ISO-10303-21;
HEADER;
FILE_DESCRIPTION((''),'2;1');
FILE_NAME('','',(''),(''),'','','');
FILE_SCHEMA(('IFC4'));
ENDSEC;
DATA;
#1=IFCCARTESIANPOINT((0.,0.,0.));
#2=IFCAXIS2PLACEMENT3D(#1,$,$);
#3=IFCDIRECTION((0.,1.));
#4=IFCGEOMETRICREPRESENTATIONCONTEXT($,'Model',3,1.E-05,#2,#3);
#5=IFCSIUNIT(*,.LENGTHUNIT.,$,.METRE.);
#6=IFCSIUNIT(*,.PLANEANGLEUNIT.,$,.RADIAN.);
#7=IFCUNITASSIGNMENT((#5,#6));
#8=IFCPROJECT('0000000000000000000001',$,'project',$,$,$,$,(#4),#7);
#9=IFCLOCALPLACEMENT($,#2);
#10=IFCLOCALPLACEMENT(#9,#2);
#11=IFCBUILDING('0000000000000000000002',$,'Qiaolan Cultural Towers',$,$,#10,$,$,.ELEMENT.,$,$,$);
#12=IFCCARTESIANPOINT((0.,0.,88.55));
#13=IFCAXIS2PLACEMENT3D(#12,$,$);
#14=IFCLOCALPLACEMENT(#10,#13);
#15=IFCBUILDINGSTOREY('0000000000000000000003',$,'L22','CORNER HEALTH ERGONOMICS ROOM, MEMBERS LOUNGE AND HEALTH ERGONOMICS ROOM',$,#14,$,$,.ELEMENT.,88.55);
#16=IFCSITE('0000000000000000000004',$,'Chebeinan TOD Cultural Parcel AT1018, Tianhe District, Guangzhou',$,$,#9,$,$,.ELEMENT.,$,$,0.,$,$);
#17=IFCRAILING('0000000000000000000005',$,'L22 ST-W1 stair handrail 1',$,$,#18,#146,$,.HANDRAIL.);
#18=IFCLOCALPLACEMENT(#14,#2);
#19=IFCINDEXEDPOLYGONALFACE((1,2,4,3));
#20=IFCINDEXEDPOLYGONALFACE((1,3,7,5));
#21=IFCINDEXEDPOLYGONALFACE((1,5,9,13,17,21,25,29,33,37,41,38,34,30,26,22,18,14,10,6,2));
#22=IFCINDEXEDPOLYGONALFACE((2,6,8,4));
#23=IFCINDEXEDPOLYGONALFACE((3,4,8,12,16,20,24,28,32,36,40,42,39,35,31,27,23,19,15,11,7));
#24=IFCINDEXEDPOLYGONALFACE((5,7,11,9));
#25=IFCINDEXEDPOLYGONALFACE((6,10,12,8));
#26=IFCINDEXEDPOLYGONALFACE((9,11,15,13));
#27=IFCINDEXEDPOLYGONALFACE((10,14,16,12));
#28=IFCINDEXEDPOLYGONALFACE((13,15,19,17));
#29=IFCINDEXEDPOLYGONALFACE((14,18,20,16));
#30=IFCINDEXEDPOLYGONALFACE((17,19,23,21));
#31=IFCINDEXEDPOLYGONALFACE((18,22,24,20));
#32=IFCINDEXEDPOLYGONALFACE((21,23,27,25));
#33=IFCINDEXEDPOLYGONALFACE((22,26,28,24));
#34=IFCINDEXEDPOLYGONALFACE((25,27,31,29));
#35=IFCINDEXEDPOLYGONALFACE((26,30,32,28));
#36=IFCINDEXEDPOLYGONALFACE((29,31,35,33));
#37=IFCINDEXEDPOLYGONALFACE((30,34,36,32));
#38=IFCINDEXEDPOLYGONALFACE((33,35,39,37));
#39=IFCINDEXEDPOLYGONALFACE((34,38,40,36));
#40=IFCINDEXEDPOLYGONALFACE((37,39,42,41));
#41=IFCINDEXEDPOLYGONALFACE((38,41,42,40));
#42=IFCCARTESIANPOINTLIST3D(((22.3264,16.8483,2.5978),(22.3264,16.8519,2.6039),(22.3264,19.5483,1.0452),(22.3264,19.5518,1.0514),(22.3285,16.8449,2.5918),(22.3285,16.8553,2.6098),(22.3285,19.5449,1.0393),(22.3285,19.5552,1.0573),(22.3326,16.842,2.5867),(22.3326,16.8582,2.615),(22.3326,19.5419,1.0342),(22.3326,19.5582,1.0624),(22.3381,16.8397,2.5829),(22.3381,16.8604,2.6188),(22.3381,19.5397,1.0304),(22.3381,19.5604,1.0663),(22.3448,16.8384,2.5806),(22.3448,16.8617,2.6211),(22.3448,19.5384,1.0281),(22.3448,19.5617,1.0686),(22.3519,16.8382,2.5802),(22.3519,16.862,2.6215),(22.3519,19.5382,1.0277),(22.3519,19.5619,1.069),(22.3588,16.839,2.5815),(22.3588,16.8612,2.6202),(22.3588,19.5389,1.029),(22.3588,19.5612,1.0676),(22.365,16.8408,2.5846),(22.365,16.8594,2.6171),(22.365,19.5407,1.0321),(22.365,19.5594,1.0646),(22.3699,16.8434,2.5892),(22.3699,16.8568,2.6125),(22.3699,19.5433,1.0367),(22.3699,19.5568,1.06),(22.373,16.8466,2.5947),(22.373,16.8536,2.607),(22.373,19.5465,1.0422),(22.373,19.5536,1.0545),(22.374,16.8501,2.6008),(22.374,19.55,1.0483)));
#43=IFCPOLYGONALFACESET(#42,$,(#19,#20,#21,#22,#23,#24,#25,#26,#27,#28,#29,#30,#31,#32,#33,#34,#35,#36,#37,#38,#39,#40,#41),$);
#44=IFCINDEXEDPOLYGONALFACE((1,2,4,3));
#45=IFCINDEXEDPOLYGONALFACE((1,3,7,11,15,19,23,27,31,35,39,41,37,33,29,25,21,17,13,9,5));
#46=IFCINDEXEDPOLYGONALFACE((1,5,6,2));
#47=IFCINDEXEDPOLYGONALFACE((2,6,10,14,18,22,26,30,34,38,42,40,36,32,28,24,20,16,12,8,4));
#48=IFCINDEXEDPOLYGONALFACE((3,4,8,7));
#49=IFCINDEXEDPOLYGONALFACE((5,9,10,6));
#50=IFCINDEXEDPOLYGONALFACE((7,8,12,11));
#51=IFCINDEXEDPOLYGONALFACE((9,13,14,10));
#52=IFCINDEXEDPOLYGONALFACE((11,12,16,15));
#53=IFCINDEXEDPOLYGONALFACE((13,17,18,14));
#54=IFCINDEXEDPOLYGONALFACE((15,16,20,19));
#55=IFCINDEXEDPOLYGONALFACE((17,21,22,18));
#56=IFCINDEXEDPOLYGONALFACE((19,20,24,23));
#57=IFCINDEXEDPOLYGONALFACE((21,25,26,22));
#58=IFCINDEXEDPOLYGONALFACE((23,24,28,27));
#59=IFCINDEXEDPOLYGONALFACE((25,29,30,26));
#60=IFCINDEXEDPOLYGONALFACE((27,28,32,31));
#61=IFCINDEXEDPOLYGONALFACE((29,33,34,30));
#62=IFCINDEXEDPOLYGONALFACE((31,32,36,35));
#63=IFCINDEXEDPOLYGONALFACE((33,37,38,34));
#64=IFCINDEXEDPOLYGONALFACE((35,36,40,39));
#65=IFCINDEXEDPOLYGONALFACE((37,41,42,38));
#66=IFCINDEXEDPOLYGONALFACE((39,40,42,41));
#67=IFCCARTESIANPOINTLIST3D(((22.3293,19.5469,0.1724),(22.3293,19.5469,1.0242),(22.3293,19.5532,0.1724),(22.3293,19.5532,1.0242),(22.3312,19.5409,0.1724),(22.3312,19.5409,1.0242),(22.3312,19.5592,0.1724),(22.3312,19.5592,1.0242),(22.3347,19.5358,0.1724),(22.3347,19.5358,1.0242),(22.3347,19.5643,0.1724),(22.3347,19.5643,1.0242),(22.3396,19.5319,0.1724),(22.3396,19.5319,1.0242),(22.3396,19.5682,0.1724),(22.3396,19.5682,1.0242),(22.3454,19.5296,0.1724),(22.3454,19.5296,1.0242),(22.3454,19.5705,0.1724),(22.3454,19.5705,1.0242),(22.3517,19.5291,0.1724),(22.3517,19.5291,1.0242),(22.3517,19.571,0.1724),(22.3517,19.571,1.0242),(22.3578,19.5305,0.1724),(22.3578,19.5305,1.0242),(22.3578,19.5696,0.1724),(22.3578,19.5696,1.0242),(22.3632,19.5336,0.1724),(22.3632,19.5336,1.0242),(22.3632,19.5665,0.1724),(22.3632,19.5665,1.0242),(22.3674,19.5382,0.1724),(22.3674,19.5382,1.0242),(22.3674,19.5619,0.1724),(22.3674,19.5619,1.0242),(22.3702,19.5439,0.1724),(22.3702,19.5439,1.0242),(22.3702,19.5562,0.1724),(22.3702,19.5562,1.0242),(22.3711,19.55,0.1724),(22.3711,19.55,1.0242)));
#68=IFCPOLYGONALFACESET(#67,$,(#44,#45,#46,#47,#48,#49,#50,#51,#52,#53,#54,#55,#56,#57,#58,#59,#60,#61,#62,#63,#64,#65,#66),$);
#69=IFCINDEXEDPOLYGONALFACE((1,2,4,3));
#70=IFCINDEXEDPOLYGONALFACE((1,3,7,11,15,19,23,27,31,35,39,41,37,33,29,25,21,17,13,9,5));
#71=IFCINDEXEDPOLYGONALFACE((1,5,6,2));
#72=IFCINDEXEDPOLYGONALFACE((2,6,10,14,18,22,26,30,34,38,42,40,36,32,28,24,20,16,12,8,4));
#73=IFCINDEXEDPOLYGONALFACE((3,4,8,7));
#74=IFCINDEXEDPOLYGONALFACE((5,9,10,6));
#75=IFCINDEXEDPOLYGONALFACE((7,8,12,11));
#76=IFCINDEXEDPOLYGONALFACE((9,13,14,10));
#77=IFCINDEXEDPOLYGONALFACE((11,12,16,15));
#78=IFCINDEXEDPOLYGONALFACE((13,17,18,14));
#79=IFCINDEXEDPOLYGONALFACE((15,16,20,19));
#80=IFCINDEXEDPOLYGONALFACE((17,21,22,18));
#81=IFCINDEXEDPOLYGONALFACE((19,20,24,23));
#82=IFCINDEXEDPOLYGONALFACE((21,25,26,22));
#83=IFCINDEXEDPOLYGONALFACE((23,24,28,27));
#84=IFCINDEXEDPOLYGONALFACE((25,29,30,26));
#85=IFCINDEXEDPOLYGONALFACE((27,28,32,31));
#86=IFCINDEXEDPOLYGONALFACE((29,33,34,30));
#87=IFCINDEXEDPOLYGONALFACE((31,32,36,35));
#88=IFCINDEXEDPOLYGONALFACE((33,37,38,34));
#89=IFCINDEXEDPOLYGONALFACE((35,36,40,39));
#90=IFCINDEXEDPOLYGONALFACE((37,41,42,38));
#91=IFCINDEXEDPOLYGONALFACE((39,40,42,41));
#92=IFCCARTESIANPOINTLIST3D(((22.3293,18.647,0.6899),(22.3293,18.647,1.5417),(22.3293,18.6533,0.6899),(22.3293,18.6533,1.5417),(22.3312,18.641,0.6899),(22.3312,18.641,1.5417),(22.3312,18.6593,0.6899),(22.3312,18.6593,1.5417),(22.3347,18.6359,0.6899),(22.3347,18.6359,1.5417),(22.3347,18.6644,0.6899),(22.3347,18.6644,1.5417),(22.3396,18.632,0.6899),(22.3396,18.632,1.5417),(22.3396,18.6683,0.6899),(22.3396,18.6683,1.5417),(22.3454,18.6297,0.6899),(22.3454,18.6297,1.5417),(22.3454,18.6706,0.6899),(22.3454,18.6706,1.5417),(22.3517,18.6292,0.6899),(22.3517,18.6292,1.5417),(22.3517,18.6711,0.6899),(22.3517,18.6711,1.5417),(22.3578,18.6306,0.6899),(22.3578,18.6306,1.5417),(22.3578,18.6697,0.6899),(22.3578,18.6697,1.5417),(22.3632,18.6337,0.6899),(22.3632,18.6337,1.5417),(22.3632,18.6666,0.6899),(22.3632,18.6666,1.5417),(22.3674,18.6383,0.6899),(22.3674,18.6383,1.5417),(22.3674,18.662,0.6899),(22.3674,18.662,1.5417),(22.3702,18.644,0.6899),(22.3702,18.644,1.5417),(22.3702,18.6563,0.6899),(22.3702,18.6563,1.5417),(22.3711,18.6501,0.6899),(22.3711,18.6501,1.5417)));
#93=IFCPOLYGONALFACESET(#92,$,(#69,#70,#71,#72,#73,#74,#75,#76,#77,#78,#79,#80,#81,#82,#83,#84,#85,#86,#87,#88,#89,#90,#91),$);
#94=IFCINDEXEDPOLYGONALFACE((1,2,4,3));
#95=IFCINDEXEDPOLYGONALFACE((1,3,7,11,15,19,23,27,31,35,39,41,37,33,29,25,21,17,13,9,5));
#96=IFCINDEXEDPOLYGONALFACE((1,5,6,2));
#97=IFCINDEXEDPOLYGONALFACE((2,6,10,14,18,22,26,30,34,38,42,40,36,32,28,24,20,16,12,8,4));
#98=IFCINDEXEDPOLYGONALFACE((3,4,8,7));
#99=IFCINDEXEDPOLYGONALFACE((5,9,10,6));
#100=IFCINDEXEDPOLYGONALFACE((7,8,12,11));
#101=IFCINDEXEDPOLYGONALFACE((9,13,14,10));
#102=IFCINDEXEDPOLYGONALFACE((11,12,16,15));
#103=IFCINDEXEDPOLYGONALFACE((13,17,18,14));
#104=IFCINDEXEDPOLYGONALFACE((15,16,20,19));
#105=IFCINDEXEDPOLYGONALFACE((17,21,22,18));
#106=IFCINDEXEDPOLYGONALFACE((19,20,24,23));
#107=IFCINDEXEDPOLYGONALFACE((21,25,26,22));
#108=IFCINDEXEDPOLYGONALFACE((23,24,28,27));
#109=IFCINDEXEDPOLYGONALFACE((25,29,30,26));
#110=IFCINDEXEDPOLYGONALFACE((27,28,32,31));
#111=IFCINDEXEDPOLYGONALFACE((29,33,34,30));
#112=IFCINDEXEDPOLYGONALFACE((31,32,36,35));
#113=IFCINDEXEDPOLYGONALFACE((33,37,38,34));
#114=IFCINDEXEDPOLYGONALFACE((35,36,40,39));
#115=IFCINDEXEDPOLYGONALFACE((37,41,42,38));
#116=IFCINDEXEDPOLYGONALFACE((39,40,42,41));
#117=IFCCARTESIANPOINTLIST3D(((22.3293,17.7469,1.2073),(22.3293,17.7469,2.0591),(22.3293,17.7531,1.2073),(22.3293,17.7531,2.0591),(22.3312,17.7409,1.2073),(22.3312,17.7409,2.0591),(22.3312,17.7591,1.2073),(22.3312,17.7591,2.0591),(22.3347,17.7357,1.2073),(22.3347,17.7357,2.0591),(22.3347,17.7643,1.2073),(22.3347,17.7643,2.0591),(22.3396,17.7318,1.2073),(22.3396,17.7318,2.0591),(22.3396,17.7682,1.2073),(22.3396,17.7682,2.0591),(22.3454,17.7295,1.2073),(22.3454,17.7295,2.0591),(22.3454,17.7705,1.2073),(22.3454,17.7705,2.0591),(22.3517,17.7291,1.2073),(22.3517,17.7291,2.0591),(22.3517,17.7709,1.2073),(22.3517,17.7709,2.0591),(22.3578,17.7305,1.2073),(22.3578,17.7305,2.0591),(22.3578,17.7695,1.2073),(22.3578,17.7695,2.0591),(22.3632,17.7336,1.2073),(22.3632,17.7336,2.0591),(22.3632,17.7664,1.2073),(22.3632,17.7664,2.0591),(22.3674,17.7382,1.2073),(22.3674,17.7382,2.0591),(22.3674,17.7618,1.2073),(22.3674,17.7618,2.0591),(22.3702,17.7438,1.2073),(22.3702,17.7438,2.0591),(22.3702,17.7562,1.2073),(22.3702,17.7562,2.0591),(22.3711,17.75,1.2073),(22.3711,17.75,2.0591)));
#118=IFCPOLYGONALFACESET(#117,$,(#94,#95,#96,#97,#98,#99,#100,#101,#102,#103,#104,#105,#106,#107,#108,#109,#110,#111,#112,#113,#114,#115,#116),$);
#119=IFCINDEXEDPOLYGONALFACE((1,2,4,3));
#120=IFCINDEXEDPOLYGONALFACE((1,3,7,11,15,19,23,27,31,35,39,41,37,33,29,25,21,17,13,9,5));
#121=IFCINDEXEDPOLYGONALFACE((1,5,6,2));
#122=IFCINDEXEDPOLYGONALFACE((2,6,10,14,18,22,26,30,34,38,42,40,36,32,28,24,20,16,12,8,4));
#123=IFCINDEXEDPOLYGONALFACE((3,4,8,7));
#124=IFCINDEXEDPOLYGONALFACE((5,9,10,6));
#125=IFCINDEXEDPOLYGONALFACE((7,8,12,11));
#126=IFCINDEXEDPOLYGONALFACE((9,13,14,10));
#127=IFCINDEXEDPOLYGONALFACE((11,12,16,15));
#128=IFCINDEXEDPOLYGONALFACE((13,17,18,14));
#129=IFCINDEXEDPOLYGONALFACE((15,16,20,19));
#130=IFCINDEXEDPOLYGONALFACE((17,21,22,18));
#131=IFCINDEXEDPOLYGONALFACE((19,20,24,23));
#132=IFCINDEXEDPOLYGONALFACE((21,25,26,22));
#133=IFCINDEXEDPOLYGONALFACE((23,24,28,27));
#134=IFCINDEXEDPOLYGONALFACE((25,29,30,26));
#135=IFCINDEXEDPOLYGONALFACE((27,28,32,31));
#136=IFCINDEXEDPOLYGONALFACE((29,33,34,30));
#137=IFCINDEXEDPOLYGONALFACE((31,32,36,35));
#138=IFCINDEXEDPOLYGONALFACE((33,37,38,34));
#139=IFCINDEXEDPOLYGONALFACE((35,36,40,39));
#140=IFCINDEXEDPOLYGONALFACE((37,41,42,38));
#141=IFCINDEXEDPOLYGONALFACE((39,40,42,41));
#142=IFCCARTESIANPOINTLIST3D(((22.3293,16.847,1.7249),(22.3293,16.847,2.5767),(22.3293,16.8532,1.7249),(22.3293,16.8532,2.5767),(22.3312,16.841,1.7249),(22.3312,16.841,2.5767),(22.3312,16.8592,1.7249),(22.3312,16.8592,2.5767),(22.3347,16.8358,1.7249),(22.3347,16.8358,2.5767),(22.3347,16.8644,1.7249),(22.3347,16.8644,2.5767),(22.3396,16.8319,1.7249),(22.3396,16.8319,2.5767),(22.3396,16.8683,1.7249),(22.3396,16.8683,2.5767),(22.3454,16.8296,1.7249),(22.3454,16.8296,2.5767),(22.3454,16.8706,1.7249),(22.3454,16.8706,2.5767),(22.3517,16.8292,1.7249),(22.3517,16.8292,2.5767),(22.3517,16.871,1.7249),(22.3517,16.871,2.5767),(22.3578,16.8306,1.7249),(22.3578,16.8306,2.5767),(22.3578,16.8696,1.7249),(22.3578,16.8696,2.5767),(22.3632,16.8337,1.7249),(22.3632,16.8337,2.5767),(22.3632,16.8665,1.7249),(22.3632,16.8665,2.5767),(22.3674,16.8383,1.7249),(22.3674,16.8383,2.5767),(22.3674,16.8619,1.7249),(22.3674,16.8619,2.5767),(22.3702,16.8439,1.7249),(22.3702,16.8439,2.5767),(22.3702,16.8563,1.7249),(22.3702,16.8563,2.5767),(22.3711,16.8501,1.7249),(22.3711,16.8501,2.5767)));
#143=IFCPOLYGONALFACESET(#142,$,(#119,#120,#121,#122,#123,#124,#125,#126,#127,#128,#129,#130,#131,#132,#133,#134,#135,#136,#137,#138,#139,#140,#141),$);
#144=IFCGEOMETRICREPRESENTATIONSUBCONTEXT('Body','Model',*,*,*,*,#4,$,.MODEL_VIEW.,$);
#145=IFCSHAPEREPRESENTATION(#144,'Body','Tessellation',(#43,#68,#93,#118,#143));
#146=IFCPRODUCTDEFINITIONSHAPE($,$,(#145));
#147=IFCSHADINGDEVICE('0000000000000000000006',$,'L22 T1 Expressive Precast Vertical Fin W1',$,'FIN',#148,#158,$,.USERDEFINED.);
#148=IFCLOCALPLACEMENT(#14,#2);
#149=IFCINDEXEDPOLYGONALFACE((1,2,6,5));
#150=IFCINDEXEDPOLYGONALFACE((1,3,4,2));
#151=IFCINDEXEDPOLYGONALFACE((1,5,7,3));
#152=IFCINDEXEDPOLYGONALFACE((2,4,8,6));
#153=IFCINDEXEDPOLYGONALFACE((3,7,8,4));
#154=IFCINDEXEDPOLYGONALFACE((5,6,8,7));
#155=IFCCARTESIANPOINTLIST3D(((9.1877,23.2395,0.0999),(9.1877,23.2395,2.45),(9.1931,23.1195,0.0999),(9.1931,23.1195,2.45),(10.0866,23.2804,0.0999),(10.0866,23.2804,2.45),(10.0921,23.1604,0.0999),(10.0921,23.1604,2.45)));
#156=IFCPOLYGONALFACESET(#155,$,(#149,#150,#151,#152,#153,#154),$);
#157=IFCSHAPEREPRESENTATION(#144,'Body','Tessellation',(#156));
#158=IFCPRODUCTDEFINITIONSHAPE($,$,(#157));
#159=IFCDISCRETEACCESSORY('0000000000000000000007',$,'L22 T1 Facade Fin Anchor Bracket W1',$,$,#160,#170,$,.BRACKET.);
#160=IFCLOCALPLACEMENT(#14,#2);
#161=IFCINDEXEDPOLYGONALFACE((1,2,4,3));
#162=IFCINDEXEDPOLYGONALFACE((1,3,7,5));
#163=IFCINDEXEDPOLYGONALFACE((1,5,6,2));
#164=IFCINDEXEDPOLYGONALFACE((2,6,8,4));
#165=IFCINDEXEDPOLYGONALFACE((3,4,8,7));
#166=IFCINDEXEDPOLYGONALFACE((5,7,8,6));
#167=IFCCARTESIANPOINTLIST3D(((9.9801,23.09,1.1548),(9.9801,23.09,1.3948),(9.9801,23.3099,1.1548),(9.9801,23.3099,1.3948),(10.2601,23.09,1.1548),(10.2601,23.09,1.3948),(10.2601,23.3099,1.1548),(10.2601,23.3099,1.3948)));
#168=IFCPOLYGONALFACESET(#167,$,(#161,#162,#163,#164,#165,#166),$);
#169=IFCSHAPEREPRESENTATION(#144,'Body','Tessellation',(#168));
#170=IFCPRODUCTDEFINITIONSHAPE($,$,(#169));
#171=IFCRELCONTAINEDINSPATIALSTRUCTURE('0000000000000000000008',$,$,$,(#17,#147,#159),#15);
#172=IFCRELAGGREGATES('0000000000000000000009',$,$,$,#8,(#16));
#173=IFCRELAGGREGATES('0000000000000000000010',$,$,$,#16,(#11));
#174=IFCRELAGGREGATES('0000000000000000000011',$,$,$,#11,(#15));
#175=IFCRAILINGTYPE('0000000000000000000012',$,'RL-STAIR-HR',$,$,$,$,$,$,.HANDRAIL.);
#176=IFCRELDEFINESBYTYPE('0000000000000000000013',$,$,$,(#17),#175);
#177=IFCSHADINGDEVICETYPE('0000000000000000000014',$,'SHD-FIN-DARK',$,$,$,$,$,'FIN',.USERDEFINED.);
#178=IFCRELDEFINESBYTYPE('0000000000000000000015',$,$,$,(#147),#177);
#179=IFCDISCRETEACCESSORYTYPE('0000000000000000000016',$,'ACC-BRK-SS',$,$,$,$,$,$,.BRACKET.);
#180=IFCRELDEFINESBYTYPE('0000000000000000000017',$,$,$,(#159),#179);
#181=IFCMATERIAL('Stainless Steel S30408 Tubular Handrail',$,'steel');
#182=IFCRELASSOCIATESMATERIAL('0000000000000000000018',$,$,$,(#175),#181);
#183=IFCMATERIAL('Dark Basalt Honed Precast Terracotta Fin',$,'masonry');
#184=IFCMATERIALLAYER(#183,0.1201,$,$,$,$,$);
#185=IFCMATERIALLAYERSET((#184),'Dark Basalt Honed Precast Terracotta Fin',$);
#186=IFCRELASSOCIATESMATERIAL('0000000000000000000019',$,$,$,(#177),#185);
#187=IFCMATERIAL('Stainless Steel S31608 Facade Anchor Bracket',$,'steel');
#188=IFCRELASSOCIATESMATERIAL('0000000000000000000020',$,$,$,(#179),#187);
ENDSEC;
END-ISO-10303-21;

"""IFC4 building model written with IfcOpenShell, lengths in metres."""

from ifc_helpers import new_model, si_unit, direction, frame, origin, origin_2d, place, context, subcontext, project, spatial, rectangle, circle, extrude, material, layer, layer_set, type_object, element, save


model = new_model("IFC4")

# Units and contexts
model_context = context("Model", 3, precision=1e-05, world=origin(), true_north=direction((0.0, 1.0)))
body_context = subcontext(model_context, "Body", "Model", "MODEL_VIEW")
ifc_project = project(units=[si_unit("LENGTHUNIT", "METRE"), si_unit("PLANEANGLEUNIT", "RADIAN")], contexts=[model_context])

# Site, building, storey
site_placement = place(None, origin())
site = spatial("IfcSite", under=ifc_project, at=site_placement, Name="Chebeinan TOD Cultural Parcel AT1018, Tianhe District, Guangzhou", CompositionType="ELEMENT", RefElevation=0.0)
building_placement = place(site_placement, origin())
building = spatial("IfcBuilding", under=site, at=building_placement, Name="Qiaolan Cultural Towers", CompositionType="ELEMENT")
storey_placement = place(building_placement, frame((0.0, 0.0, 88.55)))
storey = spatial("IfcBuildingStorey", under=building, at=storey_placement, Name="L22", Description="CORNER HEALTH ERGONOMICS ROOM, MEMBERS LOUNGE AND HEALTH ERGONOMICS ROOM", CompositionType="ELEMENT", Elevation=88.55)

# Railing
ifc_material_1 = material(Name="Stainless Steel S30408 Tubular Handrail", Category="steel")
railing_type_1 = type_object("IfcRailingType", Name="RL-STAIR-HR", PredefinedType="HANDRAIL", material=ifc_material_1)
railing_1_placement = place(storey_placement, frame((22.3501, 19.55, 0.1724)))
element("IfcRailing", 1, at=railing_1_placement, inside=storey, type_object=railing_type_1, Name="L22 ST-W1 stair handrail 1", PredefinedType="HANDRAIL", context=body_context, shape_type="SweptSolid", body=[
    extrude(circle(Radius=0.0239, at=origin_2d()), frame((0.0, 0.0, 0.876), z_axis=(0.0, -0.866904, 0.498476), x_axis=(1.0, 0.0, 0.0)), (0.0, 0.0, 1.0), 3.1145),
    extrude(circle(Radius=0.021, at=origin_2d()), origin(), (0.0, 0.0, 1.0), 0.8518),
    extrude(circle(Radius=0.021, at=origin_2d()), frame((0.0, -0.8999, 0.5176)), (0.0, 0.0, 1.0), 0.8518),
    extrude(circle(Radius=0.021, at=origin_2d()), frame((0.0, -1.8, 1.0349)), (0.0, 0.0, 1.0), 0.8518),
    extrude(circle(Radius=0.021, at=origin_2d()), frame((0.0, -2.7, 1.5525)), (0.0, 0.0, 1.0), 0.8518),
])

# Shading device
ifc_material_2 = material(Name="Dark Basalt Honed Precast Terracotta Fin", Category="masonry")
ifc_layer_1 = layer(ifc_material_2, 0.1201)
ifc_layer_set_1 = layer_set([ifc_layer_1], Name="Dark Basalt Honed Precast Terracotta Fin")
shading_device_type = type_object("IfcShadingDeviceType", Name="SHD-FIN-DARK", ElementType="FIN", PredefinedType="USERDEFINED", material=ifc_layer_set_1)
shading_device_placement = place(storey_placement, frame((9.6399, 23.2, 0.0999), z_axis=(0.0, 0.0, 1.0), x_axis=(0.998967, 0.045445, 0.0)))
element("IfcShadingDevice", 2, at=shading_device_placement, inside=storey, type_object=shading_device_type, Name="L22 T1 Expressive Precast Vertical Fin W1", ObjectType="FIN", PredefinedType="USERDEFINED", context=body_context, shape_type="SweptSolid", body=[
    extrude(rectangle(XDim=0.8999, YDim=0.1201, at=origin_2d()), origin(), (0.0, 0.0, 1.0), 2.3501),
])

# Discrete accessory
ifc_material_3 = material(Name="Stainless Steel S31608 Facade Anchor Bracket", Category="steel")
discrete_accessory_type = type_object("IfcDiscreteAccessoryType", Name="ACC-BRK-SS", PredefinedType="BRACKET", material=ifc_material_3)
discrete_accessory_placement = place(storey_placement, frame((10.1201, 23.2, 1.1548), z_axis=(0.0, 0.0, 1.0), x_axis=(1.0, 0.0, 0.0)))
element("IfcDiscreteAccessory", 3, at=discrete_accessory_placement, inside=storey, type_object=discrete_accessory_type, Name="L22 T1 Facade Fin Anchor Bracket W1", PredefinedType="BRACKET", context=body_context, shape_type="SweptSolid", body=[
    extrude(rectangle(XDim=0.28, YDim=0.22, at=origin_2d()), origin(), (0.0, 0.0, 1.0), 0.24),
])

save(model, "model.ifc")
